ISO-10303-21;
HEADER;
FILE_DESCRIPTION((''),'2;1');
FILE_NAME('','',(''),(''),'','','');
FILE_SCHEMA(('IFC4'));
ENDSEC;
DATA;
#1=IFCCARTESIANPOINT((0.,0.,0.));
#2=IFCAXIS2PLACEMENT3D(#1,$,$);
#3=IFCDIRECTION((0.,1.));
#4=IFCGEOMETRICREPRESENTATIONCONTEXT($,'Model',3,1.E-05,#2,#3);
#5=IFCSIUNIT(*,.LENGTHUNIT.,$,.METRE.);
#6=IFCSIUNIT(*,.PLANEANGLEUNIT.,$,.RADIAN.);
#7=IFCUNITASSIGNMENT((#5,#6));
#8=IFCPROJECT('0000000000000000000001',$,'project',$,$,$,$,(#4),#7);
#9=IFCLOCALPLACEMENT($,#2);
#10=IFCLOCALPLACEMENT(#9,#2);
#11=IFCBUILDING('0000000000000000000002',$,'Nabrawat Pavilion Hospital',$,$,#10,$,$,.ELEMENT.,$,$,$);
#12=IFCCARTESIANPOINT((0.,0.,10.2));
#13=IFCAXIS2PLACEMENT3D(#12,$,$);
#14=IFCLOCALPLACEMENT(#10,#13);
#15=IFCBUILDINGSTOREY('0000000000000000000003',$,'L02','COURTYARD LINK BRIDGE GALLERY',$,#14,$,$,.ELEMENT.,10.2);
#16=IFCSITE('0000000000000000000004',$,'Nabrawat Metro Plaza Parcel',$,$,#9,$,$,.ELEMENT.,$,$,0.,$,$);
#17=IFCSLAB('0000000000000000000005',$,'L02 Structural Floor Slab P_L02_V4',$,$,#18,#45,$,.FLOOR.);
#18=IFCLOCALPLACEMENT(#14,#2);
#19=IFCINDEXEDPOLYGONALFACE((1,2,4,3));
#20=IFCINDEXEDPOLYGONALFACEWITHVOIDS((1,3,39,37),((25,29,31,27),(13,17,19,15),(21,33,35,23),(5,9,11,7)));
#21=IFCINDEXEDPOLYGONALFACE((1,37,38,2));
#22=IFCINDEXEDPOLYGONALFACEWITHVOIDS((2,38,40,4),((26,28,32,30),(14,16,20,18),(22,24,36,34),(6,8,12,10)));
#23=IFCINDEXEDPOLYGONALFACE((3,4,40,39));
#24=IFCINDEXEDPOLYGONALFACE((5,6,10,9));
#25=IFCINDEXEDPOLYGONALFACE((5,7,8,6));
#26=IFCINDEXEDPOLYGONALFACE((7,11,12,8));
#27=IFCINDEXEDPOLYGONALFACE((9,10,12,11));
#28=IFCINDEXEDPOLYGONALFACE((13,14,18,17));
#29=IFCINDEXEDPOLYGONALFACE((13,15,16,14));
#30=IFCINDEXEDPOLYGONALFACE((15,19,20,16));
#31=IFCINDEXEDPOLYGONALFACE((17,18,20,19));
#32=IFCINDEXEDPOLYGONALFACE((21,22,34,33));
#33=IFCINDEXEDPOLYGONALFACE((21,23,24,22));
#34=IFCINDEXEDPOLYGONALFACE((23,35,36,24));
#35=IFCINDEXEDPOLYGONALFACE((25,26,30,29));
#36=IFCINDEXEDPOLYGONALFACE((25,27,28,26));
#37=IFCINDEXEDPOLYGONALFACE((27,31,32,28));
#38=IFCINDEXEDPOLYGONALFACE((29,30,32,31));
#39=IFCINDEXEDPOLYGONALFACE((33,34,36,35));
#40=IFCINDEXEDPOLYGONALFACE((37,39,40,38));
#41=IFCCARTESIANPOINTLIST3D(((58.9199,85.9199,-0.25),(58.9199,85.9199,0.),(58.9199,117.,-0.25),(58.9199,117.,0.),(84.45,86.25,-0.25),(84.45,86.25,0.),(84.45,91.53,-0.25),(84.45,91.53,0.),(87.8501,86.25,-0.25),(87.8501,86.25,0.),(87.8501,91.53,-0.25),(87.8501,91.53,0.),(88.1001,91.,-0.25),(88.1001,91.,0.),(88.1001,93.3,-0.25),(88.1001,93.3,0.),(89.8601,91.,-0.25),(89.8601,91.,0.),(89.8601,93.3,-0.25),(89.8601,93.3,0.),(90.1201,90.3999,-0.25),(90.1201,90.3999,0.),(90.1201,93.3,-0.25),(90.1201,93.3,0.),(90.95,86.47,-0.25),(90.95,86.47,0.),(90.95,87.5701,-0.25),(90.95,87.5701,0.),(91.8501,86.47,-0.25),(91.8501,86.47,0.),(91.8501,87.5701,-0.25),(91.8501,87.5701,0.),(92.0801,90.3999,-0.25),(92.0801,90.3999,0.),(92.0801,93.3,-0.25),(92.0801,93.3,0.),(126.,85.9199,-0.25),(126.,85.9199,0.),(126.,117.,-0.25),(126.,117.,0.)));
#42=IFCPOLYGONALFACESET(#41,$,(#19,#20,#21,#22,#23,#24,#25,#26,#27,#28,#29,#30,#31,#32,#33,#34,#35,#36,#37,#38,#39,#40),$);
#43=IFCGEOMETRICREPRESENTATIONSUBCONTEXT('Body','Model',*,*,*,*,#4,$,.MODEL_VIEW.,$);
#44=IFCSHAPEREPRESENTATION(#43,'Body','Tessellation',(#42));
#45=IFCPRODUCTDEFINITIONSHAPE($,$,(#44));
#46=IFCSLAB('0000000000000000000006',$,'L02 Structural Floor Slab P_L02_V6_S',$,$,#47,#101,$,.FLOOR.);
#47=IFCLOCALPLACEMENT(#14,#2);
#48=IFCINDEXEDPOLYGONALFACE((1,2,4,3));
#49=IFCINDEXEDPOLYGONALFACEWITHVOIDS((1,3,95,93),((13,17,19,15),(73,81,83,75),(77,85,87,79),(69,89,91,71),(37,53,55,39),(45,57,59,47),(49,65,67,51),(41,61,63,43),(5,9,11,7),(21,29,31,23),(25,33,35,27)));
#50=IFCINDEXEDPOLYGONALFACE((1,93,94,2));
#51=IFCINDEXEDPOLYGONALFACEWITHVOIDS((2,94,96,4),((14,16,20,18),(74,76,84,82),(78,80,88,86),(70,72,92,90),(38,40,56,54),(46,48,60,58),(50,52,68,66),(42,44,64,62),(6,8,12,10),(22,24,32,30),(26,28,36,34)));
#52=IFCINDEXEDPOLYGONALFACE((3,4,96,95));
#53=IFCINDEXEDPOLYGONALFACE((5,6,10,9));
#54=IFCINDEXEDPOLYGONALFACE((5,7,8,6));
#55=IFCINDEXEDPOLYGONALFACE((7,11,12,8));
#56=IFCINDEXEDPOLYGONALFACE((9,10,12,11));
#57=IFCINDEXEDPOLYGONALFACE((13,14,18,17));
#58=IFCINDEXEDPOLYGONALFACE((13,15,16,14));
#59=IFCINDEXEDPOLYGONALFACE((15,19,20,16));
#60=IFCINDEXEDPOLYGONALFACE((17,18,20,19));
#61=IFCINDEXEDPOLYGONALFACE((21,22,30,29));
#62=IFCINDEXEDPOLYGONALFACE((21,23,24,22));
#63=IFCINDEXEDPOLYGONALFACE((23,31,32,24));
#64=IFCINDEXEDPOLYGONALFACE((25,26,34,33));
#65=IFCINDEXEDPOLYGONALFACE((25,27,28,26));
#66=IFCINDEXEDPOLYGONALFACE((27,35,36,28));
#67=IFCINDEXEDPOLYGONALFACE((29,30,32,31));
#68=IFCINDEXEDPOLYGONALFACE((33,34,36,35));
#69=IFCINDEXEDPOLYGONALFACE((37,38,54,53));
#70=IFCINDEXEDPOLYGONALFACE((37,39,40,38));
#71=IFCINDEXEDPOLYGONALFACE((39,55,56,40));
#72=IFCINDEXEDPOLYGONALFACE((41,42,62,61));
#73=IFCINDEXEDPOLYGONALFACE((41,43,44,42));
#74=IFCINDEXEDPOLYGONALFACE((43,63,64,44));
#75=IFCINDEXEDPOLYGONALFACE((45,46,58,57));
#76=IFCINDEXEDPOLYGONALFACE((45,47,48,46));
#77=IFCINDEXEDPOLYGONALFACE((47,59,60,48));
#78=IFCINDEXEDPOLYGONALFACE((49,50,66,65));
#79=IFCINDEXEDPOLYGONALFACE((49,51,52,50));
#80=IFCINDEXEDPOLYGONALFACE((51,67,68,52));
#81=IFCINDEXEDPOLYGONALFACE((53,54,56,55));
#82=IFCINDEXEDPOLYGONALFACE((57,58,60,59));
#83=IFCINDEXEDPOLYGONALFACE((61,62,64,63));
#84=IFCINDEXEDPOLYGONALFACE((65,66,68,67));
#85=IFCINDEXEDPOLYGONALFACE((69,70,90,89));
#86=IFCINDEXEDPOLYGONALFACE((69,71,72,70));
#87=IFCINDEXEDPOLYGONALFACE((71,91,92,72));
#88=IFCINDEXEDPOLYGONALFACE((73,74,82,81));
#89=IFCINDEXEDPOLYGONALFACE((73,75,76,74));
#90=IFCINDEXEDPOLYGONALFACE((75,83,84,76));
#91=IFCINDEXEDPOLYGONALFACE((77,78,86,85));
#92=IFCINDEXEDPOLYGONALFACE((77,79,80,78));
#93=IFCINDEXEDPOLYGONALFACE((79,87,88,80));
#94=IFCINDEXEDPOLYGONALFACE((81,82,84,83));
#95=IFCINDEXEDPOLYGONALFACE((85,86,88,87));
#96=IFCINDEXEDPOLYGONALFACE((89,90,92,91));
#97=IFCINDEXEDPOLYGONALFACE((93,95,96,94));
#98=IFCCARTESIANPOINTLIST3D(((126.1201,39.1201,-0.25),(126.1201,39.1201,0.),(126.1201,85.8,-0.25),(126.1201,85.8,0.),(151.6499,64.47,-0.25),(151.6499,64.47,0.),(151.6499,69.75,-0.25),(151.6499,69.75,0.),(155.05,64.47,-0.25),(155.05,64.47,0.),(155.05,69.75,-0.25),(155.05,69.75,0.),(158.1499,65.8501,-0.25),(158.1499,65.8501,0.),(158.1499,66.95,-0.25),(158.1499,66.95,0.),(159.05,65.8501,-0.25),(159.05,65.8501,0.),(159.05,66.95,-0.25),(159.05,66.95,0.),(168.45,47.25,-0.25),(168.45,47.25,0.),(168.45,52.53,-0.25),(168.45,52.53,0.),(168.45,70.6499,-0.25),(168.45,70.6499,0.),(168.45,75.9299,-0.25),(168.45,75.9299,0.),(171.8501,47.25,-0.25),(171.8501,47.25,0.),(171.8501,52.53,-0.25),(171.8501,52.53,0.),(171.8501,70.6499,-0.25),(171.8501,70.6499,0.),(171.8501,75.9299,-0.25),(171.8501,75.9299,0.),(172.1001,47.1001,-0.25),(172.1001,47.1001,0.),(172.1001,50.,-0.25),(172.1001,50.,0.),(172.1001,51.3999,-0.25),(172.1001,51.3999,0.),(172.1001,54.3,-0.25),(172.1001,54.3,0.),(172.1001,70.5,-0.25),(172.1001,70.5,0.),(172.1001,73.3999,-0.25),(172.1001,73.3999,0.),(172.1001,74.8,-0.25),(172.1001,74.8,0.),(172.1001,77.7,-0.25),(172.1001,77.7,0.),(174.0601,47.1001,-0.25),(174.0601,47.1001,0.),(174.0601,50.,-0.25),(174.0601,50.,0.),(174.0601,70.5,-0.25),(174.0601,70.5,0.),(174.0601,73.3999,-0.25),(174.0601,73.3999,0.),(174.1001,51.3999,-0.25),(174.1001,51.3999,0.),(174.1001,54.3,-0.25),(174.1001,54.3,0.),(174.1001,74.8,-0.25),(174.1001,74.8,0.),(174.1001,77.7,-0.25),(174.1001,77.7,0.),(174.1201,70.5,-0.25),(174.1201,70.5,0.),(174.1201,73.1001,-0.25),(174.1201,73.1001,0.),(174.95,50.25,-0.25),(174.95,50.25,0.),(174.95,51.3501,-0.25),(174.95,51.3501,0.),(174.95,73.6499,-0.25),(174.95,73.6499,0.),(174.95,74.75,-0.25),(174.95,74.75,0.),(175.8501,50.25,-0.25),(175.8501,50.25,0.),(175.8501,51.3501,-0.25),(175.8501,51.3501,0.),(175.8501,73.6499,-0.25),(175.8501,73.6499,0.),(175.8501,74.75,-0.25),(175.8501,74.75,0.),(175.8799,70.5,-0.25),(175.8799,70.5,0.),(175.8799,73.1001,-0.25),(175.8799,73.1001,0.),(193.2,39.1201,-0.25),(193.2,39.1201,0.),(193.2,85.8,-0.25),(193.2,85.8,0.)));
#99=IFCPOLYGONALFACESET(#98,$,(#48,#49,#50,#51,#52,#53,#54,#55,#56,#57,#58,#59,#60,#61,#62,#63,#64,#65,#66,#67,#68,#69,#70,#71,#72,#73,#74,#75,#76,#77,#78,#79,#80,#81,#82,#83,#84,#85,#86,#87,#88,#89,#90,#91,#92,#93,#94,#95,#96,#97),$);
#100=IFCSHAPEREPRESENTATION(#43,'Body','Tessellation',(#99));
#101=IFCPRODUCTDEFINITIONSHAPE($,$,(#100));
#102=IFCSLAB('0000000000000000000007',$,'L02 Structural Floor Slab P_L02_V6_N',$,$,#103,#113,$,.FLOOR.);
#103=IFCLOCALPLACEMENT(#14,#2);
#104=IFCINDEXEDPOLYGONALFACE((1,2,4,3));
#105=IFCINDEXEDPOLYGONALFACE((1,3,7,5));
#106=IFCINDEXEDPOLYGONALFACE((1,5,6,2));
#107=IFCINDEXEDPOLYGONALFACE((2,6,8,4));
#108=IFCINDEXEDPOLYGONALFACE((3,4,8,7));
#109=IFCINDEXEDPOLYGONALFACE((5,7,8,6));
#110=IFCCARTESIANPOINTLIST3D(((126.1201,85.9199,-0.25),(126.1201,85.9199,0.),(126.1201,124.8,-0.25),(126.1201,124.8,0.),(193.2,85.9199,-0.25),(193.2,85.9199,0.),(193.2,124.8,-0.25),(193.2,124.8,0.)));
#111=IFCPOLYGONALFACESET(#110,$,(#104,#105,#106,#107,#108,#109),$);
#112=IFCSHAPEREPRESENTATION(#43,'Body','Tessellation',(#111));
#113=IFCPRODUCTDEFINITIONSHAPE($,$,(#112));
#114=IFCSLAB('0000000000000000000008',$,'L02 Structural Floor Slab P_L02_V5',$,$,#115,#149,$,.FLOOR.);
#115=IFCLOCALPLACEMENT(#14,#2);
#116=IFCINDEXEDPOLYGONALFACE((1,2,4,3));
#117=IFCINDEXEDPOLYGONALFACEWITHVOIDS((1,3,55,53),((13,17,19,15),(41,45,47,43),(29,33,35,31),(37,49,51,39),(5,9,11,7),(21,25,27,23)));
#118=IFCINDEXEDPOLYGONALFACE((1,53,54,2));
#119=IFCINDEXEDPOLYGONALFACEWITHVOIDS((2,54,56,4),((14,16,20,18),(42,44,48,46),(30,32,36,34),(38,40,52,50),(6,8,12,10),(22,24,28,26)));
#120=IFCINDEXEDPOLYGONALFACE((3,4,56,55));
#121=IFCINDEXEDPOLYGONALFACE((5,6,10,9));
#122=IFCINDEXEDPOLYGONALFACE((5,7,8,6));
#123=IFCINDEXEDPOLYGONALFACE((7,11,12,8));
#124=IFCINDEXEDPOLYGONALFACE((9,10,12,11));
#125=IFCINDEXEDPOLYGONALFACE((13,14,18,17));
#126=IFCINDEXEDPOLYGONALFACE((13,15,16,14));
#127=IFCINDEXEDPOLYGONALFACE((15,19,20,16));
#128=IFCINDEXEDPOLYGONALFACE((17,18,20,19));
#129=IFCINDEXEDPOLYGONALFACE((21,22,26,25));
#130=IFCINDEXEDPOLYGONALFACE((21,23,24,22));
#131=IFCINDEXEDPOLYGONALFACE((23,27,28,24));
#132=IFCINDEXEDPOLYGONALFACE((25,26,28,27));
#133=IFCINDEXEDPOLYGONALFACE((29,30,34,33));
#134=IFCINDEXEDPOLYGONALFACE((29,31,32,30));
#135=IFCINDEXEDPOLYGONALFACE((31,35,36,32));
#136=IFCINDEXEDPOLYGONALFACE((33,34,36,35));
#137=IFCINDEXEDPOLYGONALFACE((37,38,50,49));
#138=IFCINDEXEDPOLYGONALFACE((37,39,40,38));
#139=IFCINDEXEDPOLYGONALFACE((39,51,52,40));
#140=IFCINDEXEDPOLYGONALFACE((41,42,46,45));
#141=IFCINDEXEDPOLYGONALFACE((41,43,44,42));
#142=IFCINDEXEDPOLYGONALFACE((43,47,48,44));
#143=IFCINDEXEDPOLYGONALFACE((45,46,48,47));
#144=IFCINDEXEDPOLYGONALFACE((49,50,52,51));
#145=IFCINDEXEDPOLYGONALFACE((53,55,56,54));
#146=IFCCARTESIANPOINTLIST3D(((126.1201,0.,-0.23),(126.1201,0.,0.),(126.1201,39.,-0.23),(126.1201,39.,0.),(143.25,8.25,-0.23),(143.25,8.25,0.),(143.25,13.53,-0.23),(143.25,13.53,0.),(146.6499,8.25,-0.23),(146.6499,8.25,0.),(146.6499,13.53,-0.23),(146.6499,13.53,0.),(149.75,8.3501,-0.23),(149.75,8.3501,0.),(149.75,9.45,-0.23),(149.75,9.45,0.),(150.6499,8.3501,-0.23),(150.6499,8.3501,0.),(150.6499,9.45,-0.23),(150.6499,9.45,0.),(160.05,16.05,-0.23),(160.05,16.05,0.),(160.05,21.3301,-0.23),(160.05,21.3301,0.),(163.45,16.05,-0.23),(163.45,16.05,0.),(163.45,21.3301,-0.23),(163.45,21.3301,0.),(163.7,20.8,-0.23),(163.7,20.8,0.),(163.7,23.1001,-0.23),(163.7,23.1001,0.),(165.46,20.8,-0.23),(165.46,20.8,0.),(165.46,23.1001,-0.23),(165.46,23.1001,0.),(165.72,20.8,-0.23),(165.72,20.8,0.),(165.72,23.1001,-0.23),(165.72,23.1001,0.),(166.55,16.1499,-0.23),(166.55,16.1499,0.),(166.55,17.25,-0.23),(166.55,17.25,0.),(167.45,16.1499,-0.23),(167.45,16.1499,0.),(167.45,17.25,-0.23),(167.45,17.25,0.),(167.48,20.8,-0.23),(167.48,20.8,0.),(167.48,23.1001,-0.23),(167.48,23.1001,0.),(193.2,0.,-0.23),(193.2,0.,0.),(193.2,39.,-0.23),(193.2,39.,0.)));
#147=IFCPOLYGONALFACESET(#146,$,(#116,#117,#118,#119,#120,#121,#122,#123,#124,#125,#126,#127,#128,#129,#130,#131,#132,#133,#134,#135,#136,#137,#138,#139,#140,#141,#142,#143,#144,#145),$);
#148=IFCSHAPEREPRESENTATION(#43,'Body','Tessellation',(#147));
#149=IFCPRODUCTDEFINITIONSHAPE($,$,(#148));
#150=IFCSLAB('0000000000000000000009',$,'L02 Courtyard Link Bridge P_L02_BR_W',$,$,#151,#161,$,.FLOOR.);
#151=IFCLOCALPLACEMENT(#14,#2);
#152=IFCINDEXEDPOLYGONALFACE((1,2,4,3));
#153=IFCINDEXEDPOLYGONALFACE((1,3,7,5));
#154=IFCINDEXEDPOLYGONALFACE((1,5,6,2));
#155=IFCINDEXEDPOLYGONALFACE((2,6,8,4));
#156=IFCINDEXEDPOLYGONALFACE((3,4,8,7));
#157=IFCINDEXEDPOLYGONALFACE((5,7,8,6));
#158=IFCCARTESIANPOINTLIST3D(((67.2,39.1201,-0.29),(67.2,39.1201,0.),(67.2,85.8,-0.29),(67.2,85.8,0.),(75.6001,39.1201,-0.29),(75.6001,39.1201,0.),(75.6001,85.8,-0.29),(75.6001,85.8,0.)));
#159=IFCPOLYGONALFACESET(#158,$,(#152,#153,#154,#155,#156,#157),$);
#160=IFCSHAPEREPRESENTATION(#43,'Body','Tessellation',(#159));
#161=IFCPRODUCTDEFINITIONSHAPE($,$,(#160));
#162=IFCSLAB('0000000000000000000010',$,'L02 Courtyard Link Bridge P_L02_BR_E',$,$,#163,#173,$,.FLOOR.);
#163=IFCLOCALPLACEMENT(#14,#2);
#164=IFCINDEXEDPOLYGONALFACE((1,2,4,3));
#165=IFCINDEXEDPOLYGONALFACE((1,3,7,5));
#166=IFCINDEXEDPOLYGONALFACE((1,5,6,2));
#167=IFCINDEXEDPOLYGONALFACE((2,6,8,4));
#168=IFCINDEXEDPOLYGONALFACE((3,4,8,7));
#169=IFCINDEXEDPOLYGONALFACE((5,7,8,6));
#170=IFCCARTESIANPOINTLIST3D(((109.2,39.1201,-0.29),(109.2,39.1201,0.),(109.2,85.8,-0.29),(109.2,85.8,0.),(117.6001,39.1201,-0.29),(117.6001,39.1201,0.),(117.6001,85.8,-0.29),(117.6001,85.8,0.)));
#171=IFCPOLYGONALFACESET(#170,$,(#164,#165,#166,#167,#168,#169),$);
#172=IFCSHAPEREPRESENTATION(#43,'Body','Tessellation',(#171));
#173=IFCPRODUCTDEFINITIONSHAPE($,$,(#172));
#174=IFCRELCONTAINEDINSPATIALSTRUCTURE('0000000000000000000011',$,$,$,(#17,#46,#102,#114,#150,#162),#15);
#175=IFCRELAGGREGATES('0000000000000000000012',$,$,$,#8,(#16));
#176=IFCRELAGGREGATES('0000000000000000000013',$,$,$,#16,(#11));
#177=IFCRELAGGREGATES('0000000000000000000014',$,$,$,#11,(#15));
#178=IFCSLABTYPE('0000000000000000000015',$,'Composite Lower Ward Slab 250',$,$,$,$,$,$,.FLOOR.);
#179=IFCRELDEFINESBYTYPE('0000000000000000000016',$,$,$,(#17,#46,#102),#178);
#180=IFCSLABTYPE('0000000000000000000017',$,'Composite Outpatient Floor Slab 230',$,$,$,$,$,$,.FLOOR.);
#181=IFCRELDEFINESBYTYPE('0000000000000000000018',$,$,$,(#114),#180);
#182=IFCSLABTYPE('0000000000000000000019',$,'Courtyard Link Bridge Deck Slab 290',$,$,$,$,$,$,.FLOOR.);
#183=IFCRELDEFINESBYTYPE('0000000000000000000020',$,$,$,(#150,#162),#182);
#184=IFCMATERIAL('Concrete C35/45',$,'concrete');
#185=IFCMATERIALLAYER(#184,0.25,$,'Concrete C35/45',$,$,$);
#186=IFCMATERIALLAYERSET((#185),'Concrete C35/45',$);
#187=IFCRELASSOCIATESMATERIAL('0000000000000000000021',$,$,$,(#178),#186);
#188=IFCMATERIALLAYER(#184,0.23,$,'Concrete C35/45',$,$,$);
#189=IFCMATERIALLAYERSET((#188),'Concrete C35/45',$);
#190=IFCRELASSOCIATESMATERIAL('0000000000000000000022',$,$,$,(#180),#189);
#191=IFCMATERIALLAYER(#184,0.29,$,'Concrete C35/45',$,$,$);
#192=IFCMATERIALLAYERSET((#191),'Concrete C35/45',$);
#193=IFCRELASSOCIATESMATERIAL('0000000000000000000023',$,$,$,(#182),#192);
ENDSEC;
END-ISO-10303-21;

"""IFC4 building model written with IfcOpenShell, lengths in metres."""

from ifc_helpers import new_model, si_unit, direction, frame, origin, place, context, subcontext, project, spatial, polyline, outline, extrude, material, layer, layer_set, type_object, element, save


model = new_model("IFC4")

# Units and contexts
model_context = context("Model", 3, precision=1e-05, world=origin(), true_north=direction((0.0, 1.0)))
body_context = subcontext(model_context, "Body", "Model", "MODEL_VIEW")
ifc_project = project(units=[si_unit("LENGTHUNIT", "METRE"), si_unit("PLANEANGLEUNIT", "RADIAN")], contexts=[model_context])

# Site, building, storey
site_placement = place(None, origin())
site = spatial("IfcSite", under=ifc_project, at=site_placement, Name="Nabrawat Metro Plaza Parcel", CompositionType="ELEMENT", RefElevation=0.0)
building_placement = place(site_placement, origin())
building = spatial("IfcBuilding", under=site, at=building_placement, Name="Nabrawat Pavilion Hospital", CompositionType="ELEMENT")
storey_placement = place(building_placement, frame((0.0, 0.0, 10.2)))
storey = spatial("IfcBuildingStorey", under=building, at=storey_placement, Name="L02", Description="COURTYARD LINK BRIDGE GALLERY", CompositionType="ELEMENT", Elevation=10.2)

# Slabs
ifc_material_1 = material(Name="Concrete C35/45", Category="concrete")
ifc_layer_1 = layer(ifc_material_1, 0.25, Name="Concrete C35/45")
ifc_layer_set_1 = layer_set([ifc_layer_1], Name="Concrete C35/45")
slab_type_1 = type_object("IfcSlabType", Name="Composite Lower Ward Slab 250", PredefinedType="FLOOR", material=ifc_layer_set_1)
slab_1_placement = place(storey_placement, frame((0.0, 0.0, -0.25)))
element("IfcSlab", 1, at=slab_1_placement, inside=storey, type_object=slab_type_1, Name="L02 Structural Floor Slab P_L02_V4", PredefinedType="FLOOR", context=body_context, shape_type="SweptSolid", body=[
    extrude(outline(polyline([(58.9199, 85.9199), (126.0, 85.9199), (126.0, 117.0), (58.9199, 117.0), (58.9199, 85.9199)]), holes=[polyline([(90.1201, 90.3999), (90.1201, 93.3), (92.0801, 93.3), (92.0801, 90.3999), (90.1201, 90.3999)]), polyline([(90.95, 86.47), (90.95, 87.5701), (91.8501, 87.5701), (91.8501, 86.47), (90.95, 86.47)]), polyline([(88.1001, 91.0), (88.1001, 93.3), (89.8601, 93.3), (89.8601, 91.0), (88.1001, 91.0)]), polyline([(84.45, 91.53), (87.8501, 91.53), (87.8501, 86.25), (84.45, 86.25), (84.45, 91.53)])]), origin(), (0.0, 0.0, 1.0), 0.25),
])
slab_2_placement = place(storey_placement, frame((0.0, 0.0, -0.25)))
element("IfcSlab", 2, at=slab_2_placement, inside=storey, type_object=slab_type_1, Name="L02 Structural Floor Slab P_L02_V6_S", PredefinedType="FLOOR", context=body_context, shape_type="SweptSolid", body=[
    extrude(outline(polyline([(126.1201, 39.1201), (193.2, 39.1201), (193.2, 85.8), (126.1201, 85.8), (126.1201, 39.1201)]), holes=[polyline([(175.8799, 73.1001), (175.8799, 70.5), (174.1201, 70.5), (174.1201, 73.1001), (175.8799, 73.1001)]), polyline([(174.95, 50.25), (174.95, 51.3501), (175.8501, 51.3501), (175.8501, 50.25), (174.95, 50.25)]), polyline([(174.95, 73.6499), (174.95, 74.75), (175.8501, 74.75), (175.8501, 73.6499), (174.95, 73.6499)]), polyline([(172.1001, 51.3999), (172.1001, 54.3), (174.1001, 54.3), (174.1001, 51.3999), (172.1001, 51.3999)]), polyline([(172.1001, 74.8), (172.1001, 77.7), (174.1001, 77.7), (174.1001, 74.8), (172.1001, 74.8)]), polyline([(174.0601, 50.0), (174.0601, 47.1001), (172.1001, 47.1001), (172.1001, 50.0), (174.0601, 50.0)]), polyline([(172.1001, 70.5), (172.1001, 73.3999), (174.0601, 73.3999), (174.0601, 70.5), (172.1001, 70.5)]), polyline([(171.8501, 47.25), (168.45, 47.25), (168.45, 52.53), (171.8501, 52.53), (171.8501, 47.25)]), polyline([(171.8501, 70.6499), (168.45, 70.6499), (168.45, 75.9299), (171.8501, 75.9299), (171.8501, 70.6499)]), polyline([(159.05, 66.95), (159.05, 65.8501), (158.1499, 65.8501), (158.1499, 66.95), (159.05, 66.95)]), polyline([(155.05, 64.47), (151.6499, 64.47), (151.6499, 69.75), (155.05, 69.75), (155.05, 64.47)])]), origin(), (0.0, 0.0, 1.0), 0.25),
])
slab_3_placement = place(storey_placement, frame((0.0, 0.0, -0.25)))
element("IfcSlab", 3, at=slab_3_placement, inside=storey, type_object=slab_type_1, Name="L02 Structural Floor Slab P_L02_V6_N", PredefinedType="FLOOR", context=body_context, shape_type="SweptSolid", body=[
    extrude(outline(polyline([(193.2, 85.9199), (193.2, 124.8), (126.1201, 124.8), (126.1201, 85.9199), (193.2, 85.9199)])), origin(), (0.0, 0.0, 1.0), 0.25),
])
ifc_layer_2 = layer(ifc_material_1, 0.23, Name="Concrete C35/45")
ifc_layer_set_2 = layer_set([ifc_layer_2], Name="Concrete C35/45")
slab_type_2 = type_object("IfcSlabType", Name="Composite Outpatient Floor Slab 230", PredefinedType="FLOOR", material=ifc_layer_set_2)
slab_4_placement = place(storey_placement, frame((0.0, 0.0, -0.23)))
element("IfcSlab", 4, at=slab_4_placement, inside=storey, type_object=slab_type_2, Name="L02 Structural Floor Slab P_L02_V5", PredefinedType="FLOOR", context=body_context, shape_type="SweptSolid", body=[
    extrude(outline(polyline([(126.1201, 0.0), (193.2, 0.0), (193.2, 39.0), (126.1201, 39.0), (126.1201, 0.0)]), holes=[polyline([(167.48, 23.1001), (167.48, 20.8), (165.72, 20.8), (165.72, 23.1001), (167.48, 23.1001)]), polyline([(167.45, 17.25), (167.45, 16.1499), (166.55, 16.1499), (166.55, 17.25), (167.45, 17.25)]), polyline([(165.46, 23.1001), (165.46, 20.8), (163.7, 20.8), (163.7, 23.1001), (165.46, 23.1001)]), polyline([(160.05, 21.3301), (163.45, 21.3301), (163.45, 16.05), (160.05, 16.05), (160.05, 21.3301)]), polyline([(149.75, 8.3501), (149.75, 9.45), (150.6499, 9.45), (150.6499, 8.3501), (149.75, 8.3501)]), polyline([(146.6499, 8.25), (143.25, 8.25), (143.25, 13.53), (146.6499, 13.53), (146.6499, 8.25)])]), origin(), (0.0, 0.0, 1.0), 0.23),
])
ifc_layer_3 = layer(ifc_material_1, 0.29, Name="Concrete C35/45")
ifc_layer_set_3 = layer_set([ifc_layer_3], Name="Concrete C35/45")
slab_type_3 = type_object("IfcSlabType", Name="Courtyard Link Bridge Deck Slab 290", PredefinedType="FLOOR", material=ifc_layer_set_3)
slab_5_placement = place(storey_placement, frame((0.0, 0.0, -0.29)))
element("IfcSlab", 5, at=slab_5_placement, inside=storey, type_object=slab_type_3, Name="L02 Courtyard Link Bridge P_L02_BR_W", PredefinedType="FLOOR", context=body_context, shape_type="SweptSolid", body=[
    extrude(outline(polyline([(75.6001, 39.1201), (75.6001, 85.8), (67.2, 85.8), (67.2, 39.1201), (75.6001, 39.1201)])), origin(), (0.0, 0.0, 1.0), 0.29),
])
slab_6_placement = place(storey_placement, frame((0.0, 0.0, -0.29)))
element("IfcSlab", 6, at=slab_6_placement, inside=storey, type_object=slab_type_3, Name="L02 Courtyard Link Bridge P_L02_BR_E", PredefinedType="FLOOR", context=body_context, shape_type="SweptSolid", body=[
    extrude(outline(polyline([(117.6001, 39.1201), (117.6001, 85.8), (109.2, 85.8), (109.2, 39.1201), (117.6001, 39.1201)])), origin(), (0.0, 0.0, 1.0), 0.29),
])

save(model, "model.ifc")
